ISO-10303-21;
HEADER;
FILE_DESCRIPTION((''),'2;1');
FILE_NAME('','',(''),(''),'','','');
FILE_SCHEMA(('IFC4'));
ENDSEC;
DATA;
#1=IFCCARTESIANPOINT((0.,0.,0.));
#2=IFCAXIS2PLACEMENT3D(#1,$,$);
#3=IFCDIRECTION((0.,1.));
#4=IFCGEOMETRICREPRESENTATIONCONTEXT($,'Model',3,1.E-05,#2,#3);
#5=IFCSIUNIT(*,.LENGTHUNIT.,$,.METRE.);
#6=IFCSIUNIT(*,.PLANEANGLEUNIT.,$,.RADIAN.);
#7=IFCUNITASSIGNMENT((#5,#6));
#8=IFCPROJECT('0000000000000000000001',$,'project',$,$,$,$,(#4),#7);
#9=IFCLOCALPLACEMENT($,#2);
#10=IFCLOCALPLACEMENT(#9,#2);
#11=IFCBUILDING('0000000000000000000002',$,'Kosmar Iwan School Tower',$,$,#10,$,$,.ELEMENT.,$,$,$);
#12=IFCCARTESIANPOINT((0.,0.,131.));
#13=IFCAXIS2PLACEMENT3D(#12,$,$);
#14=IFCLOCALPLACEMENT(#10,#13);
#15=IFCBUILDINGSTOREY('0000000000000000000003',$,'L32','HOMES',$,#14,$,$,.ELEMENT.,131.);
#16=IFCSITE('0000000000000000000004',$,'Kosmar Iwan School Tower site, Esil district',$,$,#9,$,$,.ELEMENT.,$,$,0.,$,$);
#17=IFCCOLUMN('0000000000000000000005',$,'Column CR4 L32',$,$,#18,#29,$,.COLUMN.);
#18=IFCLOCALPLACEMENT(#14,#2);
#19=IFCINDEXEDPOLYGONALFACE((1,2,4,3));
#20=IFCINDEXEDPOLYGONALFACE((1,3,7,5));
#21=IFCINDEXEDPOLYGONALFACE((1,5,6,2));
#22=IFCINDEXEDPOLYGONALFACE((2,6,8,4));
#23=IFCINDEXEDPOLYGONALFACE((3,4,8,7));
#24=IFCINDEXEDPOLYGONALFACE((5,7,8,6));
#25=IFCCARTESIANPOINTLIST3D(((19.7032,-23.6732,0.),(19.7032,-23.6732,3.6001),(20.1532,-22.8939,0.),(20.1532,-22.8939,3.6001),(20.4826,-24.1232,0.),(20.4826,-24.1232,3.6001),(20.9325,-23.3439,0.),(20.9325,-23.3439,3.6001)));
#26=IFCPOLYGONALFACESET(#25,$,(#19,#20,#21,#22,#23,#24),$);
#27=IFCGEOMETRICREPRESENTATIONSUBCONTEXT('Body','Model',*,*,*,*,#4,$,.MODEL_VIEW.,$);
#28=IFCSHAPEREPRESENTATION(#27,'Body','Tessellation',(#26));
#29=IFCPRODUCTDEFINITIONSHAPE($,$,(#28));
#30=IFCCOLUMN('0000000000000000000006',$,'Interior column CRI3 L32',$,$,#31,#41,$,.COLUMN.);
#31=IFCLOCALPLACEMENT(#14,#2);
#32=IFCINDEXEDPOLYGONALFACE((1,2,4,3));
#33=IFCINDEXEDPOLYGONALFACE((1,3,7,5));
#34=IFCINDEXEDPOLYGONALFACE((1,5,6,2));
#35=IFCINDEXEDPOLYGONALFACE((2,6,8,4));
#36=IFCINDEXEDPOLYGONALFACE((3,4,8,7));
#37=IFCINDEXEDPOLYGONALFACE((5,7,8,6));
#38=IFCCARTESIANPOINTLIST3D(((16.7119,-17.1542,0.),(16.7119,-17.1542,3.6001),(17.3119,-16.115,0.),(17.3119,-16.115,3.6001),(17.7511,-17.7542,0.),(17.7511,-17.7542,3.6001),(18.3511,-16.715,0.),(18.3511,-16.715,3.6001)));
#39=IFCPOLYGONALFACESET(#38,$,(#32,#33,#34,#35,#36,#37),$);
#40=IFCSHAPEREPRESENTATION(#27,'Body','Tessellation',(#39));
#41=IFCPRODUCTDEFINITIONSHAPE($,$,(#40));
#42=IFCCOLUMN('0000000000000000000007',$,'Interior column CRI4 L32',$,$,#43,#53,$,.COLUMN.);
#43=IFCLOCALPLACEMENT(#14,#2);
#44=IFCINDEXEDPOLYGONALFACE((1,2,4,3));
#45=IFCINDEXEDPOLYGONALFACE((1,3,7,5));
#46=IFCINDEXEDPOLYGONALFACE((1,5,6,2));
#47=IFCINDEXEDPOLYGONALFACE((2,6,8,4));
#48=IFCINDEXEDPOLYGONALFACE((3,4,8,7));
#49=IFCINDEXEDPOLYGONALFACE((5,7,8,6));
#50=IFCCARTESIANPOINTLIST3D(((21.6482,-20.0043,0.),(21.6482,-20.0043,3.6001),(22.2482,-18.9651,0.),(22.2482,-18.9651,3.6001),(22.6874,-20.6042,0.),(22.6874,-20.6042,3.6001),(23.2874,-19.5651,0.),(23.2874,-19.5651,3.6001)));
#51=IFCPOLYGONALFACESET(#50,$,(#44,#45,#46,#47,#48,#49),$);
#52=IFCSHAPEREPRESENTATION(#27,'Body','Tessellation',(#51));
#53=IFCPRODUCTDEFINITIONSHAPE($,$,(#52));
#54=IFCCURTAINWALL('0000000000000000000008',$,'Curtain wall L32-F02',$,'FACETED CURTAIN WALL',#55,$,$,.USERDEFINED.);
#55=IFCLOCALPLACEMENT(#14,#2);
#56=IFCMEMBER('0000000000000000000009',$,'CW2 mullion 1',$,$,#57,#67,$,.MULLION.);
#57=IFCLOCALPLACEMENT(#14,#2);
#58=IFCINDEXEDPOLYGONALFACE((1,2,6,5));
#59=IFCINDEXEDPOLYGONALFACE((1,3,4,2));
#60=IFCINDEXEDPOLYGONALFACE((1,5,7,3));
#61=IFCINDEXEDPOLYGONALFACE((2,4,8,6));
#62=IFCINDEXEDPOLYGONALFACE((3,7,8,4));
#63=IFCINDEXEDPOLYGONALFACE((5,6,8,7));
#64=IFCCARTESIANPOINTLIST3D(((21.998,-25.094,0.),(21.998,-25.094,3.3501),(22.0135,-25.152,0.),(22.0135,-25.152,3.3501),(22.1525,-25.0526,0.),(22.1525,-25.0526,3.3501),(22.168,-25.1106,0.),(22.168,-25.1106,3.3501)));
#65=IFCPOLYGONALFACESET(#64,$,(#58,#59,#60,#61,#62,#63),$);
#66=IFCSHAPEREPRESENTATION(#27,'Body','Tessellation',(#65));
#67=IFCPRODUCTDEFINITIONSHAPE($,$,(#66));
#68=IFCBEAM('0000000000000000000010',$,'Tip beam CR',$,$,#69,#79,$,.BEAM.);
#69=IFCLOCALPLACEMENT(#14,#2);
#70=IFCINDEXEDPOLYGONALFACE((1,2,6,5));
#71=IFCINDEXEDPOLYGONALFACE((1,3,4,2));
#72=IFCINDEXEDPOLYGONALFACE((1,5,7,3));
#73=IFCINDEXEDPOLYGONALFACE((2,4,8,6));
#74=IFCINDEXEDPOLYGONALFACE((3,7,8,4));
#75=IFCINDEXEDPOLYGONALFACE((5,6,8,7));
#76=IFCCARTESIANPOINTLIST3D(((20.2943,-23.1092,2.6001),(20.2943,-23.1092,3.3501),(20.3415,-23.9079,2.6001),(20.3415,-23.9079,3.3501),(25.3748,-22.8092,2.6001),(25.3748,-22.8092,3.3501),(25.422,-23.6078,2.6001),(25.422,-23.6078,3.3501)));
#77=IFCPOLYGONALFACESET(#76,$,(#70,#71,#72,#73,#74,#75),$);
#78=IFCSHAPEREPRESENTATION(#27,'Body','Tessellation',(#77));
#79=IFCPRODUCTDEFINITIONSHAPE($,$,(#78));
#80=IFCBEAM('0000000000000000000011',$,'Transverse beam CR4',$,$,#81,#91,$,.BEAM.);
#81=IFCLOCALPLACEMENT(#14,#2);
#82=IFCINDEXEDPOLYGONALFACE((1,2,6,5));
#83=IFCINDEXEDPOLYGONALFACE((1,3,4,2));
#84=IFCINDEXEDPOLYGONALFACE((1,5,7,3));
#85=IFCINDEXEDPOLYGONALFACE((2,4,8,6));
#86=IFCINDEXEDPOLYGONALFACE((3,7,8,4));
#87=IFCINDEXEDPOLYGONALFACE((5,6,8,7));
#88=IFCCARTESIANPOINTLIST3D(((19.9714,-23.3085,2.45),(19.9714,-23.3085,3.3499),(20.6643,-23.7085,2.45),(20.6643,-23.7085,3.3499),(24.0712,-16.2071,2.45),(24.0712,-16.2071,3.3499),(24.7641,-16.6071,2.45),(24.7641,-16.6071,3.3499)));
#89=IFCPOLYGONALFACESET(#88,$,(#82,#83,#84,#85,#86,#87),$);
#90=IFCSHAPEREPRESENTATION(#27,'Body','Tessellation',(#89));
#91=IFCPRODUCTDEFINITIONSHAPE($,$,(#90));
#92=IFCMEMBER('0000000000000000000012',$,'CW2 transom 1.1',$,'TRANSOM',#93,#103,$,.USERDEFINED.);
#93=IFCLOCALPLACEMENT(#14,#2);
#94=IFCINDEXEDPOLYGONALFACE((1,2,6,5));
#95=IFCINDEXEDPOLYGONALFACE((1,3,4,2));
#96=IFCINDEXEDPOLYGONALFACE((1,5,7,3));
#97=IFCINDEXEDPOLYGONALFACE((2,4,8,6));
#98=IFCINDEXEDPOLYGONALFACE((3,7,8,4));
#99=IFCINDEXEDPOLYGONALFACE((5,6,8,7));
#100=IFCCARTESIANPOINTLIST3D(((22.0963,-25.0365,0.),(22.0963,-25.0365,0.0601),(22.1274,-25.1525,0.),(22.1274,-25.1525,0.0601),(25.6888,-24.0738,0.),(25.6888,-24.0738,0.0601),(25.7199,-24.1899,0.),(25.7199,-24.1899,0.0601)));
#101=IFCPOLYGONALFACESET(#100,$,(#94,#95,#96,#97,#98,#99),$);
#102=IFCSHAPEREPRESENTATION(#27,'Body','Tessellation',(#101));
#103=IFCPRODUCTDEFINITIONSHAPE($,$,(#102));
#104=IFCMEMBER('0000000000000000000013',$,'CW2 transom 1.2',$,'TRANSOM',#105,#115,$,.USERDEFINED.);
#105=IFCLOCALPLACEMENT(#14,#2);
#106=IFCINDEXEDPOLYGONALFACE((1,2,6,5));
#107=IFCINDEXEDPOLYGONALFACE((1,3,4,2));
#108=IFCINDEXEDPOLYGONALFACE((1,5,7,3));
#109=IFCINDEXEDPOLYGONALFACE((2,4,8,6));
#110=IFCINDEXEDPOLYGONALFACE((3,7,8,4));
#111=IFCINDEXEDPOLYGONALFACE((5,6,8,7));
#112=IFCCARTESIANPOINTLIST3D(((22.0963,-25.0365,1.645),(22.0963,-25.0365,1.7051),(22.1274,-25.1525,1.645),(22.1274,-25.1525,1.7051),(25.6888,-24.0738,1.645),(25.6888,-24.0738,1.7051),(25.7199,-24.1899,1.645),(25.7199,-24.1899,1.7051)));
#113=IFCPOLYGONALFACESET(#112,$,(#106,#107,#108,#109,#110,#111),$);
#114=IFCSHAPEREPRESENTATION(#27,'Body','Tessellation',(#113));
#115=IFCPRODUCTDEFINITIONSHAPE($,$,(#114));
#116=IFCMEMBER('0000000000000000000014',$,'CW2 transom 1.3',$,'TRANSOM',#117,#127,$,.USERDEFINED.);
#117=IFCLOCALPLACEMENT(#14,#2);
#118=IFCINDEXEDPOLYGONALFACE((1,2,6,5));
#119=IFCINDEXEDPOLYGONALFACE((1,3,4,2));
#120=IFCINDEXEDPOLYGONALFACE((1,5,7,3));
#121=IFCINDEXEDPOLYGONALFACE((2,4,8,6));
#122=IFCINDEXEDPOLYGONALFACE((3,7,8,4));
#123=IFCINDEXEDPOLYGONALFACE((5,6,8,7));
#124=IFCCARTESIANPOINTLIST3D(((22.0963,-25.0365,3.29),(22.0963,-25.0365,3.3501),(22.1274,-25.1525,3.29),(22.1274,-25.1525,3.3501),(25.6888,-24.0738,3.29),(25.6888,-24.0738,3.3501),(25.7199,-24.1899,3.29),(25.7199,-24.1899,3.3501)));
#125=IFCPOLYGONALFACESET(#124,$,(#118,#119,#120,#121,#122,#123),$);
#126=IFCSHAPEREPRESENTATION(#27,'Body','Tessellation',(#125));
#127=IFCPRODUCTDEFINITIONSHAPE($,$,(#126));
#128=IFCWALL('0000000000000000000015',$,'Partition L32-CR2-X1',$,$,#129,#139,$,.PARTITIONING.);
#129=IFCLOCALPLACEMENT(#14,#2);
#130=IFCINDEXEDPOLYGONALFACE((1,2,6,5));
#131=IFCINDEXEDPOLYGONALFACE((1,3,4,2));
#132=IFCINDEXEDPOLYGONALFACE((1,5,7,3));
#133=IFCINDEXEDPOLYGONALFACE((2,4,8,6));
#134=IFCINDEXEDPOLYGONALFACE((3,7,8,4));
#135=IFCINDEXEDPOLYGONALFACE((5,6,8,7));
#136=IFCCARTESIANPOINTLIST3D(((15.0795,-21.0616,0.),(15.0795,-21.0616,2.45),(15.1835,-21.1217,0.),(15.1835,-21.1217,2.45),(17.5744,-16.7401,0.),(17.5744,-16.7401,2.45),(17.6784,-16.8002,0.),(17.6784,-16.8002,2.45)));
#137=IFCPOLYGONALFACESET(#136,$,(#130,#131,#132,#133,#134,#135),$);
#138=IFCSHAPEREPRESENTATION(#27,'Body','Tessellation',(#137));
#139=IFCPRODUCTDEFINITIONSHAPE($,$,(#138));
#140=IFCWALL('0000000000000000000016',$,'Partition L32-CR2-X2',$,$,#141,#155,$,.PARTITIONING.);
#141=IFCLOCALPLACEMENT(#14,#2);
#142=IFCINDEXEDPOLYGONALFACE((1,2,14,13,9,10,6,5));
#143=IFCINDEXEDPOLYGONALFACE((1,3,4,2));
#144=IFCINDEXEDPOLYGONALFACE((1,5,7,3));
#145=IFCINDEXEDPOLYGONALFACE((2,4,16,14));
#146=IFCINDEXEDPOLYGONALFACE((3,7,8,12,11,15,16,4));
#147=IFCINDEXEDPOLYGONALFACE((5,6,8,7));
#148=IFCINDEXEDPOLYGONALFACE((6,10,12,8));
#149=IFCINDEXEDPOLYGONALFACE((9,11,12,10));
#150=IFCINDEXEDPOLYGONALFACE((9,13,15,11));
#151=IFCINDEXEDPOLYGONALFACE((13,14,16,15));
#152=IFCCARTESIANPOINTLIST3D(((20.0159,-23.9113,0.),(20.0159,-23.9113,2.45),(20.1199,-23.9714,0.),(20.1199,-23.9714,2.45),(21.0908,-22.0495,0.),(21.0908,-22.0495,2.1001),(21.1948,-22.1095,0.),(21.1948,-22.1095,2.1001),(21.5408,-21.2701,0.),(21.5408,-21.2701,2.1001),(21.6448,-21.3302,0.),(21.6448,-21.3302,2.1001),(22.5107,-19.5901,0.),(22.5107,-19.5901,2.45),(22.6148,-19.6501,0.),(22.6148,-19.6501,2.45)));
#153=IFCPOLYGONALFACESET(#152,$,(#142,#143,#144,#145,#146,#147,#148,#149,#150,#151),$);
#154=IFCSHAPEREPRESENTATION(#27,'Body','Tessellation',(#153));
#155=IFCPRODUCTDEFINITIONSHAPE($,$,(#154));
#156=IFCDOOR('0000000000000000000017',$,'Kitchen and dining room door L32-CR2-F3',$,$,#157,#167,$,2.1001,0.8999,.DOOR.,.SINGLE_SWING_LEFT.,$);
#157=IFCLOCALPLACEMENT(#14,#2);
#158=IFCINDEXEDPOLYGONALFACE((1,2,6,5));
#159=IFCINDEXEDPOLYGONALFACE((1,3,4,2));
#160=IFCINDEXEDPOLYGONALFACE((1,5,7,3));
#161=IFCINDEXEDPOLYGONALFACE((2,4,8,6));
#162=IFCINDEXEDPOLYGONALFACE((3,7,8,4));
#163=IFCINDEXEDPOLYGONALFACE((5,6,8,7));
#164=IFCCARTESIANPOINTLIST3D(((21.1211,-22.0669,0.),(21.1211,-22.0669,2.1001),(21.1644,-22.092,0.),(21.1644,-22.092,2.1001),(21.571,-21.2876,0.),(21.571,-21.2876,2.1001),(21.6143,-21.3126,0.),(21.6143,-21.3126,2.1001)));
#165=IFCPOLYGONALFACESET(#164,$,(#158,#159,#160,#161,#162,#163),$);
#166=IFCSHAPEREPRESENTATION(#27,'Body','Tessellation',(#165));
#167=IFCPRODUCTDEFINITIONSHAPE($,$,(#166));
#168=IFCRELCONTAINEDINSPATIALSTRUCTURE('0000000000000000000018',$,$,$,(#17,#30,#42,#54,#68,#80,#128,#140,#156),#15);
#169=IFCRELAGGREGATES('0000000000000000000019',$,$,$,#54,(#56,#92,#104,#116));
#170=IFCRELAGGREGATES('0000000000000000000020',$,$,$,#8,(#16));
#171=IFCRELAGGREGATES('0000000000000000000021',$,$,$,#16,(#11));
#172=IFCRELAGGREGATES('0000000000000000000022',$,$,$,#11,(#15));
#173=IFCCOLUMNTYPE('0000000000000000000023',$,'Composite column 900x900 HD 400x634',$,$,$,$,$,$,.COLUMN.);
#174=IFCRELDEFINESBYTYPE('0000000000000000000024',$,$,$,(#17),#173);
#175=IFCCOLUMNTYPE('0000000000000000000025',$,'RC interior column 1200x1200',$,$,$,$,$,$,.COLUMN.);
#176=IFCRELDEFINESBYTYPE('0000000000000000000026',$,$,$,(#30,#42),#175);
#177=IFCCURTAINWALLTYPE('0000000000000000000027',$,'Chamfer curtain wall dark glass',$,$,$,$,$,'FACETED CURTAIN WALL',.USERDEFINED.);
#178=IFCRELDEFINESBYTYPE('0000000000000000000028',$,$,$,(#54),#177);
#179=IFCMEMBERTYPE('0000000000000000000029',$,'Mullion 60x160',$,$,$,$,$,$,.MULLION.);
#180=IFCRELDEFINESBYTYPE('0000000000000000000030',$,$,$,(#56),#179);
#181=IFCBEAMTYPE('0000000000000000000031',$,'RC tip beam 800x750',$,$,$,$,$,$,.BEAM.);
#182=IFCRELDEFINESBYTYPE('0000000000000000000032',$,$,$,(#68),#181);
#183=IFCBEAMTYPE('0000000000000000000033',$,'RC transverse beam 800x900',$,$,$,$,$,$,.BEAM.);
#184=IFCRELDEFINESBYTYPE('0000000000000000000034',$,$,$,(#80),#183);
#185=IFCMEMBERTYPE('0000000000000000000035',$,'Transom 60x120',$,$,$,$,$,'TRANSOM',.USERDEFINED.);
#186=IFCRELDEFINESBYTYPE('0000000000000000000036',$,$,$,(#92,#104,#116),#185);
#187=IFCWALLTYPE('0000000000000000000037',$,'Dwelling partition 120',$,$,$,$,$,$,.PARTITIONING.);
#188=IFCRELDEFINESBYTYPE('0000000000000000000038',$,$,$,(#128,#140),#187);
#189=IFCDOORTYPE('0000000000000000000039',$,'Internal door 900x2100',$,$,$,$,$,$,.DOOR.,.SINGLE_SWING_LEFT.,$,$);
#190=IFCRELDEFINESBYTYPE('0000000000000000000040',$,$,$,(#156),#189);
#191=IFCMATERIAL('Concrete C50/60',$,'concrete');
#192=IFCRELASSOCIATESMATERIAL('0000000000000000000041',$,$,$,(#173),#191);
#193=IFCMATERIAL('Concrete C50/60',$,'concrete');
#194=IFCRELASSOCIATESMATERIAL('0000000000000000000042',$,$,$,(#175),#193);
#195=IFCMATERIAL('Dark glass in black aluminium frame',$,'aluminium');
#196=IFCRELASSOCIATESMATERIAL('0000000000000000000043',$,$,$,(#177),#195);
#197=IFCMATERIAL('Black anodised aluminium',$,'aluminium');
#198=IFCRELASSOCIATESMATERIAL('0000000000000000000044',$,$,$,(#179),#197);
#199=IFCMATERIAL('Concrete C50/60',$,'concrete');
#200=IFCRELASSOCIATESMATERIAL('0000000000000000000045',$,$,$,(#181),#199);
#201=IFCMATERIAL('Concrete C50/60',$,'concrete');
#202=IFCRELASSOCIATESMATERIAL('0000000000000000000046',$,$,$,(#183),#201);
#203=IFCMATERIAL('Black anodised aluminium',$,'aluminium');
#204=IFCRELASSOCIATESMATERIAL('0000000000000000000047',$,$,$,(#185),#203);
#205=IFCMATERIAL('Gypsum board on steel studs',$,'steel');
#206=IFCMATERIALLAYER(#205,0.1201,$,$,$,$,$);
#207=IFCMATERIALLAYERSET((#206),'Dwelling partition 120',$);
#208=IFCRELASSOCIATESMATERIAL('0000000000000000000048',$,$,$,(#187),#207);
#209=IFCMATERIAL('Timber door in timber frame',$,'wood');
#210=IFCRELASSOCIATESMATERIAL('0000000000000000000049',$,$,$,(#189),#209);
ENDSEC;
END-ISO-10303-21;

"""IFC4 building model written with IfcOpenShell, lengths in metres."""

from ifc_helpers import new_model, si_unit, direction, frame, frame_2d, origin, origin_2d, place, context, subcontext, project, spatial, rectangle, extrude, material, layer, layer_set, material_profile, profile_set, type_object, element, fill, aggregate, save


model = new_model("IFC4")

# Units and contexts
model_context = context("Model", 3, precision=1e-05, world=origin(), true_north=direction((0.0, 1.0)))
body_context = subcontext(model_context, "Body", "Model", "MODEL_VIEW")
ifc_project = project(units=[si_unit("LENGTHUNIT", "METRE"), si_unit("PLANEANGLEUNIT", "RADIAN")], contexts=[model_context])

# Site, building, storey
site_placement = place(None, origin())
site = spatial("IfcSite", under=ifc_project, at=site_placement, Name="Kosmar Iwan School Tower site, Esil district", CompositionType="ELEMENT", RefElevation=0.0)
building_placement = place(site_placement, origin())
building = spatial("IfcBuilding", under=site, at=building_placement, Name="Kosmar Iwan School Tower", CompositionType="ELEMENT")
storey_placement = place(building_placement, frame((0.0, 0.0, 131.0)))
storey = spatial("IfcBuildingStorey", under=building, at=storey_placement, Name="L32", Description="HOMES", CompositionType="ELEMENT", Elevation=131.0)

# Columns
ifc_material_1 = material(Name="Concrete C50/60", Category="concrete")
ifc_material_profile_1 = material_profile(ifc_material_1, rectangle(XDim=0.8999, YDim=0.8999, at=origin_2d()), Name="RC 900x900 + HD 400x634")
ifc_profile_set_1 = profile_set([ifc_material_profile_1], Name="Concrete C50/60")
column_type_1 = type_object("IfcColumnType", Name="Composite column 900x900 HD 400x634", PredefinedType="COLUMN", material=ifc_profile_set_1)
column_placement = place(storey_placement, frame((20.3179, -23.5085, 0.0), z_axis=(0.0, 0.0, 1.0), x_axis=(0.866025, -0.5, 0.0)))
element("IfcColumn", 1, at=column_placement, inside=storey, type_object=column_type_1, Name="Column CR4 L32", PredefinedType="COLUMN", context=body_context, shape_type="SweptSolid", body=[
    extrude(rectangle(XDim=0.8999, YDim=0.8999, at=origin_2d()), origin(), (0.0, 0.0, 1.0), 3.6001),
])
ifc_material_2 = material(Name="Concrete C50/60", Category="concrete")
ifc_material_profile_2 = material_profile(ifc_material_2, rectangle(XDim=1.2, YDim=1.2, at=origin_2d()), Name="RC 1200x1200")
ifc_profile_set_2 = profile_set([ifc_material_profile_2], Name="Concrete C50/60")
column_type_2 = type_object("IfcColumnType", Name="RC interior column 1200x1200", PredefinedType="COLUMN", material=ifc_profile_set_2)
for number, where, z_axis, x_axis, name in (
    (2, (17.5315, -16.9346, 0.0), (0.0, 0.0, 1.0), (0.866025, -0.5, 0.0), "Interior column CRI3 L32"),
    (3, (22.4678, -19.7847, 0.0), (0.0, 0.0, 1.0), (0.866025, -0.5, 0.0), "Interior column CRI4 L32"),
):
    element("IfcColumn", number, at=place(storey_placement, frame(where, z_axis=z_axis, x_axis=x_axis)), inside=storey, type_object=column_type_2, Name=name, PredefinedType="COLUMN", context=body_context, shape_type="SweptSolid", body=[
        extrude(rectangle(XDim=1.2, YDim=1.2, at=origin_2d()), origin(), (0.0, 0.0, 1.0), 3.6001),
    ])

# Curtain wall, member
ifc_material_3 = material(Name="Dark glass in black aluminium frame", Category="aluminium")
curtain_wall_type = type_object("IfcCurtainWallType", Name="Chamfer curtain wall dark glass", ElementType="FACETED CURTAIN WALL", PredefinedType="USERDEFINED", material=ifc_material_3)
curtain_wall_placement = place(storey_placement, origin())
curtain_wall = element("IfcCurtainWall", 4, at=curtain_wall_placement, inside=storey, type_object=curtain_wall_type, Name="Curtain wall L32-F02", ObjectType="FACETED CURTAIN WALL", PredefinedType="USERDEFINED")
ifc_material_4 = material(Name="Black anodised aluminium", Category="aluminium")
ifc_material_profile_3 = material_profile(ifc_material_4, rectangle(XDim=0.0601, YDim=0.1599, at=origin_2d()), Name="MULLION 60x160")
ifc_profile_set_3 = profile_set([ifc_material_profile_3], Name="Black anodised aluminium")
member_type_1 = type_object("IfcMemberType", Name="Mullion 60x160", PredefinedType="MULLION", material=ifc_profile_set_3)
member_1_placement = place(storey_placement, frame((22.083, -25.1023, 0.0), z_axis=(0.0, 0.0, 1.0), x_axis=(-0.258819, 0.965926, 0.0)))
member_1 = element("IfcMember", 5, at=member_1_placement, type_object=member_type_1, Name="CW2 mullion 1", PredefinedType="MULLION", context=body_context, shape_type="SweptSolid", body=[
    extrude(rectangle(XDim=0.0601, YDim=0.1599, at=origin_2d()), origin(), (0.0, 0.0, 1.0), 3.3501),
])

# Beams
ifc_material_5 = material(Name="Concrete C50/60", Category="concrete")
ifc_material_profile_4 = material_profile(ifc_material_5, rectangle(XDim=0.8, YDim=0.75, at=origin_2d()), Name="RC 800x750")
ifc_profile_set_4 = profile_set([ifc_material_profile_4], Name="Concrete C50/60")
beam_type_1 = type_object("IfcBeamType", Name="RC tip beam 800x750", PredefinedType="BEAM", material=ifc_profile_set_4)
beam_1_placement = place(storey_placement, frame((20.3179, -23.5085, 2.9751), z_axis=(0.998261, 0.058955, 0.0), x_axis=(-0.058955, 0.998261, 0.0)))
element("IfcBeam", 6, at=beam_1_placement, inside=storey, type_object=beam_type_1, Name="Tip beam CR", PredefinedType="BEAM", context=body_context, shape_type="SweptSolid", body=[
    extrude(rectangle(XDim=0.8, YDim=0.75, at=origin_2d()), origin(), (0.0, 0.0, 1.0), 5.0894),
])
ifc_material_6 = material(Name="Concrete C50/60", Category="concrete")
ifc_material_profile_5 = material_profile(ifc_material_6, rectangle(XDim=0.8, YDim=0.8999, at=origin_2d()), Name="RC 800x900")
ifc_profile_set_5 = profile_set([ifc_material_profile_5], Name="Concrete C50/60")
beam_type_2 = type_object("IfcBeamType", Name="RC transverse beam 800x900", PredefinedType="BEAM", material=ifc_profile_set_5)
beam_2_placement = place(storey_placement, frame((20.3179, -23.5085, 2.8999), z_axis=(0.499978, 0.866038, 0.0), x_axis=(-0.866038, 0.499978, 0.0)))
element("IfcBeam", 7, at=beam_2_placement, inside=storey, type_object=beam_type_2, Name="Transverse beam CR4", PredefinedType="BEAM", context=body_context, shape_type="SweptSolid", body=[
    extrude(rectangle(XDim=0.8, YDim=0.8999, at=origin_2d()), origin(), (0.0, 0.0, 1.0), 8.2),
])

# Members
ifc_material_7 = material(Name="Black anodised aluminium", Category="aluminium")
ifc_material_profile_6 = material_profile(ifc_material_7, rectangle(XDim=0.1201, YDim=0.0601, at=origin_2d()), Name="TRANSOM 60x120")
ifc_profile_set_6 = profile_set([ifc_material_profile_6], Name="Black anodised aluminium")
member_type_2 = type_object("IfcMemberType", Name="Transom 60x120", ElementType="TRANSOM", PredefinedType="USERDEFINED", material=ifc_profile_set_6)
member_2_placement = place(storey_placement, frame((22.1118, -25.0945, 0.03), z_axis=(0.965924, 0.258827, 0.0), x_axis=(-0.258827, 0.965924, 0.0)))
member_2 = element("IfcMember", 8, at=member_2_placement, type_object=member_type_2, Name="CW2 transom 1.1", ObjectType="TRANSOM", PredefinedType="USERDEFINED", context=body_context, shape_type="SweptSolid", body=[
    extrude(rectangle(XDim=0.1201, YDim=0.0601, at=origin_2d()), origin(), (0.0, 0.0, 1.0), 3.7192),
])
member_3_placement = place(storey_placement, frame((22.1118, -25.0945, 1.675), z_axis=(0.965924, 0.258827, 0.0), x_axis=(-0.258827, 0.965924, 0.0)))
member_3 = element("IfcMember", 9, at=member_3_placement, type_object=member_type_2, Name="CW2 transom 1.2", ObjectType="TRANSOM", PredefinedType="USERDEFINED", context=body_context, shape_type="SweptSolid", body=[
    extrude(rectangle(XDim=0.1201, YDim=0.0601, at=origin_2d()), origin(), (0.0, 0.0, 1.0), 3.7192),
])
member_4_placement = place(storey_placement, frame((22.1118, -25.0945, 3.3201), z_axis=(0.965924, 0.258827, 0.0), x_axis=(-0.258827, 0.965924, 0.0)))
member_4 = element("IfcMember", 10, at=member_4_placement, type_object=member_type_2, Name="CW2 transom 1.3", ObjectType="TRANSOM", PredefinedType="USERDEFINED", context=body_context, shape_type="SweptSolid", body=[
    extrude(rectangle(XDim=0.1201, YDim=0.0601, at=origin_2d()), origin(), (0.0, 0.0, 1.0), 3.7192),
])
aggregate(curtain_wall, [member_1, member_2, member_3, member_4])

# Wall
ifc_material_8 = material(Name="Gypsum board on steel studs", Category="steel")
ifc_layer = layer(ifc_material_8, 0.1201)
ifc_layer_set = layer_set([ifc_layer], Name="Dwelling partition 120")
wall_type = type_object("IfcWallType", Name="Dwelling partition 120", PredefinedType="PARTITIONING", material=ifc_layer_set)
wall_1_placement = place(storey_placement, frame((17.6265, -16.77, 0.0), z_axis=(0.0, 0.0, 1.0), x_axis=(-0.499975, -0.86604, 0.0)))
element("IfcWall", 11, at=wall_1_placement, inside=storey, type_object=wall_type, Name="Partition L32-CR2-X1", PredefinedType="PARTITIONING", context=body_context, shape_type="SweptSolid", body=[
    extrude(rectangle(XDim=4.99, YDim=0.1201, at=frame_2d((2.4951, 0.0))), origin(), (0.0, 0.0, 1.0), 2.45),
])

# Wall, opening, door
wall_2_placement = place(storey_placement, frame((22.5627, -19.6201, 0.0), z_axis=(0.0, 0.0, 1.0), x_axis=(-0.499996, -0.866028, 0.0)))
wall_2 = element("IfcWall", 12, at=wall_2_placement, inside=storey, type_object=wall_type, Name="Partition L32-CR2-X2", PredefinedType="PARTITIONING", context=body_context, shape_type="SweptSolid", body=[
    extrude(rectangle(XDim=4.9897, YDim=0.1201, at=frame_2d((2.4949, 0.0))), origin(), (0.0, 0.0, 1.0), 2.45),
])
opening_placement = place(wall_2_placement, frame((1.9399, 0.0, 0.0)))
opening = element("IfcOpeningElement", 13, at=opening_placement, cuts=wall_2, PredefinedType="OPENING", context=body_context, shape_type="SweptSolid", body=[
    extrude(rectangle(XDim=0.8999, YDim=2.1001, at=frame_2d((0.45, 1.05))), frame((0.0, 0.072, 0.0), z_axis=(0.0, -1.0, 0.0), x_axis=(1.0, 0.0, 0.0)), (0.0, 0.0, 1.0), 0.144),
])
ifc_material_9 = material(Name="Timber door in timber frame", Category="wood")
door_type = type_object("IfcDoorType", Name="Internal door 900x2100", OperationType="SINGLE_SWING_LEFT", PredefinedType="DOOR", material=ifc_material_9)
door_placement = place(opening_placement, origin())
door = element("IfcDoor", 14, at=door_placement, inside=storey, type_object=door_type, Name="Kitchen and dining room door L32-CR2-F3", OperationType="SINGLE_SWING_LEFT", OverallHeight=2.1001, OverallWidth=0.8999, PredefinedType="DOOR", context=body_context, shape_type="SweptSolid", body=[
    extrude(rectangle(XDim=0.8999, YDim=2.1001, at=frame_2d((0.45, 1.05))), frame((0.0, 0.0249, 0.0), z_axis=(0.0, -1.0, 0.0), x_axis=(1.0, 0.0, 0.0)), (0.0, 0.0, 1.0), 0.05),
])
fill(opening, door)

save(model, "model.ifc")
